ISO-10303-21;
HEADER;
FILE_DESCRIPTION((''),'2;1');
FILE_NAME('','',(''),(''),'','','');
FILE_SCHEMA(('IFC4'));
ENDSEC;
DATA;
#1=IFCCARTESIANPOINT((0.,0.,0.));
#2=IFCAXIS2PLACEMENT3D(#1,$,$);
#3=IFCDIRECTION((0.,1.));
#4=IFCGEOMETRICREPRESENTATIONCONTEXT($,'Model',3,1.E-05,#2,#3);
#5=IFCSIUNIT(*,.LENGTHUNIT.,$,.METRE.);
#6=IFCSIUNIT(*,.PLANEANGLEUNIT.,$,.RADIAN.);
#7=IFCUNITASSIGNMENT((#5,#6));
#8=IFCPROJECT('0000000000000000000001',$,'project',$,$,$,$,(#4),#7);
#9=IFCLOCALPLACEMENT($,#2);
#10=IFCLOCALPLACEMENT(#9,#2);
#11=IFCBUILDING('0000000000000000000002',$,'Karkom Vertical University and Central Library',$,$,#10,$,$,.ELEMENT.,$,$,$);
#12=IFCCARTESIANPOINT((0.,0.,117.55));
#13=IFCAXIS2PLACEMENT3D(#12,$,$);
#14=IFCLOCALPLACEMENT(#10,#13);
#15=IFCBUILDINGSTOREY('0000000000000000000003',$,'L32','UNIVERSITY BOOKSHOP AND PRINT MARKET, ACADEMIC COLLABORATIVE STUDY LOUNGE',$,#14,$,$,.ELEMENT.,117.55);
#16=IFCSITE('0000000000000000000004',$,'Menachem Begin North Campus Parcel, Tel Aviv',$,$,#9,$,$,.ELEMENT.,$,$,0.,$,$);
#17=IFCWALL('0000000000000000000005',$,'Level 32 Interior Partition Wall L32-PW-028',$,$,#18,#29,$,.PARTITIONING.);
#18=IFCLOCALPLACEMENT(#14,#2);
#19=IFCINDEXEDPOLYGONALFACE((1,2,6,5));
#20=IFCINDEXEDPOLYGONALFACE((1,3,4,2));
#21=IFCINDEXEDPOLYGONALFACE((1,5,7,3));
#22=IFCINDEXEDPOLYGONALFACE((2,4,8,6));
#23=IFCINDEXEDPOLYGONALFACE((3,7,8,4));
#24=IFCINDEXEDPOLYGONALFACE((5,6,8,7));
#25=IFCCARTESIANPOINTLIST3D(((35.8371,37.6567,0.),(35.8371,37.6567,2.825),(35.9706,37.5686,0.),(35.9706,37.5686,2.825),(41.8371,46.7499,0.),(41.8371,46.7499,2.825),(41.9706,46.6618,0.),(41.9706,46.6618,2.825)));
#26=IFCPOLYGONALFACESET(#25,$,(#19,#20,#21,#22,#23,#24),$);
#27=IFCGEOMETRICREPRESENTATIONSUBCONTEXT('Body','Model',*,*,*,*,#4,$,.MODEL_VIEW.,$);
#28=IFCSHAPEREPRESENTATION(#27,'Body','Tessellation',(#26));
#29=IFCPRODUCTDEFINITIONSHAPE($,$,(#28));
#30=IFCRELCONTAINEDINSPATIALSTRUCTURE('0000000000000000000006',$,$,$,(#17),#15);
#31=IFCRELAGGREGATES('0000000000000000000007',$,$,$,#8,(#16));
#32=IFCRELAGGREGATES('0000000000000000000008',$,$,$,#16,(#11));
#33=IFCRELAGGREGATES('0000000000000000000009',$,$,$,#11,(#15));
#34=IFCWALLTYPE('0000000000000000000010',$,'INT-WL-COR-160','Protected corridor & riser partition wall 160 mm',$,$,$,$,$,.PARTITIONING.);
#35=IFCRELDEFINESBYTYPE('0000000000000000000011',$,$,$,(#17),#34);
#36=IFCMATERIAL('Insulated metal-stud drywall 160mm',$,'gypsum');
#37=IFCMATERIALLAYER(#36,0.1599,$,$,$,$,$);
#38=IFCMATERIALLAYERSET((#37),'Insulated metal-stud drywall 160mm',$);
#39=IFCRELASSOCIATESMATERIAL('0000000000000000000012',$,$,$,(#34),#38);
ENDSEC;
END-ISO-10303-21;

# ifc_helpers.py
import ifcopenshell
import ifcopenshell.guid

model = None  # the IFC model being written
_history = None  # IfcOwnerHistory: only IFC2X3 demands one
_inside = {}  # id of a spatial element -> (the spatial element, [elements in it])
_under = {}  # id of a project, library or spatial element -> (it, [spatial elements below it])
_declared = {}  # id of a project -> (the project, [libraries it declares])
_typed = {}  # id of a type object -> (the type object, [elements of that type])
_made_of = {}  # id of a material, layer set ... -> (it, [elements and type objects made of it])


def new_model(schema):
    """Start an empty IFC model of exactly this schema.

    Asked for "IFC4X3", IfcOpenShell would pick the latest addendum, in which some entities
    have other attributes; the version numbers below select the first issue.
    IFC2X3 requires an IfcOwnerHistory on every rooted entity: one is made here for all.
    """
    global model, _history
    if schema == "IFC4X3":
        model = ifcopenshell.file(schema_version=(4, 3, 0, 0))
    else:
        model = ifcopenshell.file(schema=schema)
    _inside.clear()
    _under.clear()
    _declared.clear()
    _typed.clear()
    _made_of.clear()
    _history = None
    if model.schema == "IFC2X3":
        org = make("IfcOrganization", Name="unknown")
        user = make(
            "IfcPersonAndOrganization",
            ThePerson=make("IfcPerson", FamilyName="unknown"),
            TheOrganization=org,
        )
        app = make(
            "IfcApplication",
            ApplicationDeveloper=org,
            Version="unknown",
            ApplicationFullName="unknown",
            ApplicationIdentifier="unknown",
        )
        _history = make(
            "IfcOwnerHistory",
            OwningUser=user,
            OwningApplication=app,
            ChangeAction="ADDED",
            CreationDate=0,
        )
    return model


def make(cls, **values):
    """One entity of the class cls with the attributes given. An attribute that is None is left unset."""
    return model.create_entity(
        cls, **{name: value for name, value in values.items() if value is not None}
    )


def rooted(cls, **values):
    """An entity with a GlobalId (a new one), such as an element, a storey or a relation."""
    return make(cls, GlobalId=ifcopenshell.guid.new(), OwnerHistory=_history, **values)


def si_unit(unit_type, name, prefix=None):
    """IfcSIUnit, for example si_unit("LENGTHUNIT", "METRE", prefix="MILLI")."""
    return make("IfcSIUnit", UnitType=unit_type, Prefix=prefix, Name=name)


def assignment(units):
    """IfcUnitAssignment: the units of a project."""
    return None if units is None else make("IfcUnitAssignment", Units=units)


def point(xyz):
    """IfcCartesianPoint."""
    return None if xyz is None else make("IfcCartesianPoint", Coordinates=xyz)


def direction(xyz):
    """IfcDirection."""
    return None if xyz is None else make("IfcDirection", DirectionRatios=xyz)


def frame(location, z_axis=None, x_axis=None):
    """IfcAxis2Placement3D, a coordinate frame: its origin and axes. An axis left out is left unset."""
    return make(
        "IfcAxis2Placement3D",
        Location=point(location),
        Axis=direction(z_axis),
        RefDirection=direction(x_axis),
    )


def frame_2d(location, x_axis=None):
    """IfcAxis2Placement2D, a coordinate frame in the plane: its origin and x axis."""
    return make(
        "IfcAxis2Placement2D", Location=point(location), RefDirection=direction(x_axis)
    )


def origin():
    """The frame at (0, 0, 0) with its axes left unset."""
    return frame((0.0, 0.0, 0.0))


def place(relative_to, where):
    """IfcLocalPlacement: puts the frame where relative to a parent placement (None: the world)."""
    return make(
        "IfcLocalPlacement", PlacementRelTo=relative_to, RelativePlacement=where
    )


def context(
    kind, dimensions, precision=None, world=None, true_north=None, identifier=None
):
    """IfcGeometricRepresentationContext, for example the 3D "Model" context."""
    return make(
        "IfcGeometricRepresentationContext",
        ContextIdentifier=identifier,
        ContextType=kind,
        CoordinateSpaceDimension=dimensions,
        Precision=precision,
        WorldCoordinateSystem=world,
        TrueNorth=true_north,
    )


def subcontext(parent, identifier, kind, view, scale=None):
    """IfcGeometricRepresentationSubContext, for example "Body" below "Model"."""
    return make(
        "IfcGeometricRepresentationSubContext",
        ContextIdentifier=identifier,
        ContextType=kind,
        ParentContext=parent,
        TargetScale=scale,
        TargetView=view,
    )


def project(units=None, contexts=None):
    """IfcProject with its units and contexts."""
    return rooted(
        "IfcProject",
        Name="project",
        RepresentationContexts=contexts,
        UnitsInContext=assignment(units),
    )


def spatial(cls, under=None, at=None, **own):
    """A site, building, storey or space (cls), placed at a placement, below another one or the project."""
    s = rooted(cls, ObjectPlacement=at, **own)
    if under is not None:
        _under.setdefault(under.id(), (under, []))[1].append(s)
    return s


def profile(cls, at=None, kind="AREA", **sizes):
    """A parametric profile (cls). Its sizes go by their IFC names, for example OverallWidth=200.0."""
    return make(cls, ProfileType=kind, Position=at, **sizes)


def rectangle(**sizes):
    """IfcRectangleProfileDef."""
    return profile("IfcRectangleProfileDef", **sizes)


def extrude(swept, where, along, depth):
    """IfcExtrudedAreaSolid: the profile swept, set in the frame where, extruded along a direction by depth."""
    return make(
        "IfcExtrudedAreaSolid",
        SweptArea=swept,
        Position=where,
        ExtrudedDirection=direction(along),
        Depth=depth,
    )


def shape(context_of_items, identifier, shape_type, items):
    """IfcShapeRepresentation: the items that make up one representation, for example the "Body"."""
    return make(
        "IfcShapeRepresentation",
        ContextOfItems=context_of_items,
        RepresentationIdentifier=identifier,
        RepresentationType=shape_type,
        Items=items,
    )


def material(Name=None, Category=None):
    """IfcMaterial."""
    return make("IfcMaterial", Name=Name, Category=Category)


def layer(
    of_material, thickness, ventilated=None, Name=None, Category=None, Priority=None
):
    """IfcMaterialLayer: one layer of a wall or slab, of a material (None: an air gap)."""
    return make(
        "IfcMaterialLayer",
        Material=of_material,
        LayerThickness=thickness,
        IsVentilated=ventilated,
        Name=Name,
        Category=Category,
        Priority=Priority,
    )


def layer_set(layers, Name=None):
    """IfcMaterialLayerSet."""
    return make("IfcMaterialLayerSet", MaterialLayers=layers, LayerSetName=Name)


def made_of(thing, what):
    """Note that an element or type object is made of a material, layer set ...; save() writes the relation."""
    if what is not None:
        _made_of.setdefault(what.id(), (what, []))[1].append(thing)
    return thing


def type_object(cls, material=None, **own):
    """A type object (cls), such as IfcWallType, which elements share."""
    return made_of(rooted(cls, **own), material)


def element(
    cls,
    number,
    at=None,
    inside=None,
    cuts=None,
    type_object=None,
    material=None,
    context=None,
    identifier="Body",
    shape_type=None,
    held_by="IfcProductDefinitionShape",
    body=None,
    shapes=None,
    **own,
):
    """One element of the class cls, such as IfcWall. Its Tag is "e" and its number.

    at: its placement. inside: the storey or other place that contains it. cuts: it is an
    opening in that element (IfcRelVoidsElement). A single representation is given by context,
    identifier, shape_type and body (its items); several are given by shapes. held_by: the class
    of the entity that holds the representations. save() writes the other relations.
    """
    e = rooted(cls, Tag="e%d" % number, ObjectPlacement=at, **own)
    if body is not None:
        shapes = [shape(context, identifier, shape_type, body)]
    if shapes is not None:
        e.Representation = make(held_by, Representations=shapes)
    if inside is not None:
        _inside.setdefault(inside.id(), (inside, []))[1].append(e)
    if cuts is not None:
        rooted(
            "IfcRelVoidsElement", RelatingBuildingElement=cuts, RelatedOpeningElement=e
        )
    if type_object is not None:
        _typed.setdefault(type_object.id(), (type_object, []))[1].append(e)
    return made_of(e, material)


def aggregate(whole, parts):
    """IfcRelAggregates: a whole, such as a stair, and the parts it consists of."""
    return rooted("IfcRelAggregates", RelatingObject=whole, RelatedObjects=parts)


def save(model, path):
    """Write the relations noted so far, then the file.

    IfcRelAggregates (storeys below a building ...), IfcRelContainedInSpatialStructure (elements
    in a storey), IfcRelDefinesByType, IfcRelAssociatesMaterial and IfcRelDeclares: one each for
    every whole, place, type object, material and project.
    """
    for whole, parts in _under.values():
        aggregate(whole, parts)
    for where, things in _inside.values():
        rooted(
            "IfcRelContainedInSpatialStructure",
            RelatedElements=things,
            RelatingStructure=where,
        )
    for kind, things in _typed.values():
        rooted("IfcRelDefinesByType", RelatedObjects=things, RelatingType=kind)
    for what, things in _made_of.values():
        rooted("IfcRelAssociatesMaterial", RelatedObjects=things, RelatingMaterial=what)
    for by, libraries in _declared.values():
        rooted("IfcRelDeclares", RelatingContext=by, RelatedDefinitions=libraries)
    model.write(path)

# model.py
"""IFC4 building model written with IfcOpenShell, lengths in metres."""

from ifc_helpers import new_model, si_unit, direction, frame, frame_2d, origin, place, context, subcontext, project, spatial, rectangle, extrude, material, layer, layer_set, type_object, element, save


model = new_model("IFC4")

# Units and contexts
model_context = context("Model", 3, precision=1e-05, world=origin(), true_north=direction((0.0, 1.0)))
body_context = subcontext(model_context, "Body", "Model", "MODEL_VIEW")
ifc_project = project(units=[si_unit("LENGTHUNIT", "METRE"), si_unit("PLANEANGLEUNIT", "RADIAN")], contexts=[model_context])

# Site, building, storey
site_placement = place(None, origin())
site = spatial("IfcSite", under=ifc_project, at=site_placement, Name="Menachem Begin North Campus Parcel, Tel Aviv", CompositionType="ELEMENT", RefElevation=0.0)
building_placement = place(site_placement, origin())
building = spatial("IfcBuilding", under=site, at=building_placement, Name="Karkom Vertical University and Central Library", CompositionType="ELEMENT")
storey_placement = place(building_placement, frame((0.0, 0.0, 117.55)))
storey = spatial("IfcBuildingStorey", under=building, at=storey_placement, Name="L32", Description="UNIVERSITY BOOKSHOP AND PRINT MARKET, ACADEMIC COLLABORATIVE STUDY LOUNGE", CompositionType="ELEMENT", Elevation=117.55)

# Shared definitions
ifc_material_1 = material(Name="Insulated metal-stud drywall 160mm", Category="gypsum")
ifc_layer_1 = layer(ifc_material_1, 0.1599)
ifc_layer_set_1 = layer_set([ifc_layer_1], Name="Insulated metal-stud drywall 160mm")
wall_type_1 = type_object("IfcWallType", Name="INT-WL-COR-160", Description="Protected corridor & riser partition wall 160 mm", PredefinedType="PARTITIONING", material=ifc_layer_set_1)

# Wall
wall_1_placement = place(storey_placement, frame((35.9038, 37.6125, 0.0), z_axis=(0.0, 0.0, 1.0), x_axis=(0.550743, 0.834675, 0.0)))
element("IfcWall", 1, at=wall_1_placement, inside=storey, type_object=wall_type_1, Name="Level 32 Interior Partition Wall L32-PW-028", PredefinedType="PARTITIONING", context=body_context, shape_type="SweptSolid", body=[
    extrude(rectangle(XDim=10.8943, YDim=0.1599, at=frame_2d((5.4473, 0.0))), origin(), (0.0, 0.0, 1.0), 2.825),
])

save(model, "model.ifc")
